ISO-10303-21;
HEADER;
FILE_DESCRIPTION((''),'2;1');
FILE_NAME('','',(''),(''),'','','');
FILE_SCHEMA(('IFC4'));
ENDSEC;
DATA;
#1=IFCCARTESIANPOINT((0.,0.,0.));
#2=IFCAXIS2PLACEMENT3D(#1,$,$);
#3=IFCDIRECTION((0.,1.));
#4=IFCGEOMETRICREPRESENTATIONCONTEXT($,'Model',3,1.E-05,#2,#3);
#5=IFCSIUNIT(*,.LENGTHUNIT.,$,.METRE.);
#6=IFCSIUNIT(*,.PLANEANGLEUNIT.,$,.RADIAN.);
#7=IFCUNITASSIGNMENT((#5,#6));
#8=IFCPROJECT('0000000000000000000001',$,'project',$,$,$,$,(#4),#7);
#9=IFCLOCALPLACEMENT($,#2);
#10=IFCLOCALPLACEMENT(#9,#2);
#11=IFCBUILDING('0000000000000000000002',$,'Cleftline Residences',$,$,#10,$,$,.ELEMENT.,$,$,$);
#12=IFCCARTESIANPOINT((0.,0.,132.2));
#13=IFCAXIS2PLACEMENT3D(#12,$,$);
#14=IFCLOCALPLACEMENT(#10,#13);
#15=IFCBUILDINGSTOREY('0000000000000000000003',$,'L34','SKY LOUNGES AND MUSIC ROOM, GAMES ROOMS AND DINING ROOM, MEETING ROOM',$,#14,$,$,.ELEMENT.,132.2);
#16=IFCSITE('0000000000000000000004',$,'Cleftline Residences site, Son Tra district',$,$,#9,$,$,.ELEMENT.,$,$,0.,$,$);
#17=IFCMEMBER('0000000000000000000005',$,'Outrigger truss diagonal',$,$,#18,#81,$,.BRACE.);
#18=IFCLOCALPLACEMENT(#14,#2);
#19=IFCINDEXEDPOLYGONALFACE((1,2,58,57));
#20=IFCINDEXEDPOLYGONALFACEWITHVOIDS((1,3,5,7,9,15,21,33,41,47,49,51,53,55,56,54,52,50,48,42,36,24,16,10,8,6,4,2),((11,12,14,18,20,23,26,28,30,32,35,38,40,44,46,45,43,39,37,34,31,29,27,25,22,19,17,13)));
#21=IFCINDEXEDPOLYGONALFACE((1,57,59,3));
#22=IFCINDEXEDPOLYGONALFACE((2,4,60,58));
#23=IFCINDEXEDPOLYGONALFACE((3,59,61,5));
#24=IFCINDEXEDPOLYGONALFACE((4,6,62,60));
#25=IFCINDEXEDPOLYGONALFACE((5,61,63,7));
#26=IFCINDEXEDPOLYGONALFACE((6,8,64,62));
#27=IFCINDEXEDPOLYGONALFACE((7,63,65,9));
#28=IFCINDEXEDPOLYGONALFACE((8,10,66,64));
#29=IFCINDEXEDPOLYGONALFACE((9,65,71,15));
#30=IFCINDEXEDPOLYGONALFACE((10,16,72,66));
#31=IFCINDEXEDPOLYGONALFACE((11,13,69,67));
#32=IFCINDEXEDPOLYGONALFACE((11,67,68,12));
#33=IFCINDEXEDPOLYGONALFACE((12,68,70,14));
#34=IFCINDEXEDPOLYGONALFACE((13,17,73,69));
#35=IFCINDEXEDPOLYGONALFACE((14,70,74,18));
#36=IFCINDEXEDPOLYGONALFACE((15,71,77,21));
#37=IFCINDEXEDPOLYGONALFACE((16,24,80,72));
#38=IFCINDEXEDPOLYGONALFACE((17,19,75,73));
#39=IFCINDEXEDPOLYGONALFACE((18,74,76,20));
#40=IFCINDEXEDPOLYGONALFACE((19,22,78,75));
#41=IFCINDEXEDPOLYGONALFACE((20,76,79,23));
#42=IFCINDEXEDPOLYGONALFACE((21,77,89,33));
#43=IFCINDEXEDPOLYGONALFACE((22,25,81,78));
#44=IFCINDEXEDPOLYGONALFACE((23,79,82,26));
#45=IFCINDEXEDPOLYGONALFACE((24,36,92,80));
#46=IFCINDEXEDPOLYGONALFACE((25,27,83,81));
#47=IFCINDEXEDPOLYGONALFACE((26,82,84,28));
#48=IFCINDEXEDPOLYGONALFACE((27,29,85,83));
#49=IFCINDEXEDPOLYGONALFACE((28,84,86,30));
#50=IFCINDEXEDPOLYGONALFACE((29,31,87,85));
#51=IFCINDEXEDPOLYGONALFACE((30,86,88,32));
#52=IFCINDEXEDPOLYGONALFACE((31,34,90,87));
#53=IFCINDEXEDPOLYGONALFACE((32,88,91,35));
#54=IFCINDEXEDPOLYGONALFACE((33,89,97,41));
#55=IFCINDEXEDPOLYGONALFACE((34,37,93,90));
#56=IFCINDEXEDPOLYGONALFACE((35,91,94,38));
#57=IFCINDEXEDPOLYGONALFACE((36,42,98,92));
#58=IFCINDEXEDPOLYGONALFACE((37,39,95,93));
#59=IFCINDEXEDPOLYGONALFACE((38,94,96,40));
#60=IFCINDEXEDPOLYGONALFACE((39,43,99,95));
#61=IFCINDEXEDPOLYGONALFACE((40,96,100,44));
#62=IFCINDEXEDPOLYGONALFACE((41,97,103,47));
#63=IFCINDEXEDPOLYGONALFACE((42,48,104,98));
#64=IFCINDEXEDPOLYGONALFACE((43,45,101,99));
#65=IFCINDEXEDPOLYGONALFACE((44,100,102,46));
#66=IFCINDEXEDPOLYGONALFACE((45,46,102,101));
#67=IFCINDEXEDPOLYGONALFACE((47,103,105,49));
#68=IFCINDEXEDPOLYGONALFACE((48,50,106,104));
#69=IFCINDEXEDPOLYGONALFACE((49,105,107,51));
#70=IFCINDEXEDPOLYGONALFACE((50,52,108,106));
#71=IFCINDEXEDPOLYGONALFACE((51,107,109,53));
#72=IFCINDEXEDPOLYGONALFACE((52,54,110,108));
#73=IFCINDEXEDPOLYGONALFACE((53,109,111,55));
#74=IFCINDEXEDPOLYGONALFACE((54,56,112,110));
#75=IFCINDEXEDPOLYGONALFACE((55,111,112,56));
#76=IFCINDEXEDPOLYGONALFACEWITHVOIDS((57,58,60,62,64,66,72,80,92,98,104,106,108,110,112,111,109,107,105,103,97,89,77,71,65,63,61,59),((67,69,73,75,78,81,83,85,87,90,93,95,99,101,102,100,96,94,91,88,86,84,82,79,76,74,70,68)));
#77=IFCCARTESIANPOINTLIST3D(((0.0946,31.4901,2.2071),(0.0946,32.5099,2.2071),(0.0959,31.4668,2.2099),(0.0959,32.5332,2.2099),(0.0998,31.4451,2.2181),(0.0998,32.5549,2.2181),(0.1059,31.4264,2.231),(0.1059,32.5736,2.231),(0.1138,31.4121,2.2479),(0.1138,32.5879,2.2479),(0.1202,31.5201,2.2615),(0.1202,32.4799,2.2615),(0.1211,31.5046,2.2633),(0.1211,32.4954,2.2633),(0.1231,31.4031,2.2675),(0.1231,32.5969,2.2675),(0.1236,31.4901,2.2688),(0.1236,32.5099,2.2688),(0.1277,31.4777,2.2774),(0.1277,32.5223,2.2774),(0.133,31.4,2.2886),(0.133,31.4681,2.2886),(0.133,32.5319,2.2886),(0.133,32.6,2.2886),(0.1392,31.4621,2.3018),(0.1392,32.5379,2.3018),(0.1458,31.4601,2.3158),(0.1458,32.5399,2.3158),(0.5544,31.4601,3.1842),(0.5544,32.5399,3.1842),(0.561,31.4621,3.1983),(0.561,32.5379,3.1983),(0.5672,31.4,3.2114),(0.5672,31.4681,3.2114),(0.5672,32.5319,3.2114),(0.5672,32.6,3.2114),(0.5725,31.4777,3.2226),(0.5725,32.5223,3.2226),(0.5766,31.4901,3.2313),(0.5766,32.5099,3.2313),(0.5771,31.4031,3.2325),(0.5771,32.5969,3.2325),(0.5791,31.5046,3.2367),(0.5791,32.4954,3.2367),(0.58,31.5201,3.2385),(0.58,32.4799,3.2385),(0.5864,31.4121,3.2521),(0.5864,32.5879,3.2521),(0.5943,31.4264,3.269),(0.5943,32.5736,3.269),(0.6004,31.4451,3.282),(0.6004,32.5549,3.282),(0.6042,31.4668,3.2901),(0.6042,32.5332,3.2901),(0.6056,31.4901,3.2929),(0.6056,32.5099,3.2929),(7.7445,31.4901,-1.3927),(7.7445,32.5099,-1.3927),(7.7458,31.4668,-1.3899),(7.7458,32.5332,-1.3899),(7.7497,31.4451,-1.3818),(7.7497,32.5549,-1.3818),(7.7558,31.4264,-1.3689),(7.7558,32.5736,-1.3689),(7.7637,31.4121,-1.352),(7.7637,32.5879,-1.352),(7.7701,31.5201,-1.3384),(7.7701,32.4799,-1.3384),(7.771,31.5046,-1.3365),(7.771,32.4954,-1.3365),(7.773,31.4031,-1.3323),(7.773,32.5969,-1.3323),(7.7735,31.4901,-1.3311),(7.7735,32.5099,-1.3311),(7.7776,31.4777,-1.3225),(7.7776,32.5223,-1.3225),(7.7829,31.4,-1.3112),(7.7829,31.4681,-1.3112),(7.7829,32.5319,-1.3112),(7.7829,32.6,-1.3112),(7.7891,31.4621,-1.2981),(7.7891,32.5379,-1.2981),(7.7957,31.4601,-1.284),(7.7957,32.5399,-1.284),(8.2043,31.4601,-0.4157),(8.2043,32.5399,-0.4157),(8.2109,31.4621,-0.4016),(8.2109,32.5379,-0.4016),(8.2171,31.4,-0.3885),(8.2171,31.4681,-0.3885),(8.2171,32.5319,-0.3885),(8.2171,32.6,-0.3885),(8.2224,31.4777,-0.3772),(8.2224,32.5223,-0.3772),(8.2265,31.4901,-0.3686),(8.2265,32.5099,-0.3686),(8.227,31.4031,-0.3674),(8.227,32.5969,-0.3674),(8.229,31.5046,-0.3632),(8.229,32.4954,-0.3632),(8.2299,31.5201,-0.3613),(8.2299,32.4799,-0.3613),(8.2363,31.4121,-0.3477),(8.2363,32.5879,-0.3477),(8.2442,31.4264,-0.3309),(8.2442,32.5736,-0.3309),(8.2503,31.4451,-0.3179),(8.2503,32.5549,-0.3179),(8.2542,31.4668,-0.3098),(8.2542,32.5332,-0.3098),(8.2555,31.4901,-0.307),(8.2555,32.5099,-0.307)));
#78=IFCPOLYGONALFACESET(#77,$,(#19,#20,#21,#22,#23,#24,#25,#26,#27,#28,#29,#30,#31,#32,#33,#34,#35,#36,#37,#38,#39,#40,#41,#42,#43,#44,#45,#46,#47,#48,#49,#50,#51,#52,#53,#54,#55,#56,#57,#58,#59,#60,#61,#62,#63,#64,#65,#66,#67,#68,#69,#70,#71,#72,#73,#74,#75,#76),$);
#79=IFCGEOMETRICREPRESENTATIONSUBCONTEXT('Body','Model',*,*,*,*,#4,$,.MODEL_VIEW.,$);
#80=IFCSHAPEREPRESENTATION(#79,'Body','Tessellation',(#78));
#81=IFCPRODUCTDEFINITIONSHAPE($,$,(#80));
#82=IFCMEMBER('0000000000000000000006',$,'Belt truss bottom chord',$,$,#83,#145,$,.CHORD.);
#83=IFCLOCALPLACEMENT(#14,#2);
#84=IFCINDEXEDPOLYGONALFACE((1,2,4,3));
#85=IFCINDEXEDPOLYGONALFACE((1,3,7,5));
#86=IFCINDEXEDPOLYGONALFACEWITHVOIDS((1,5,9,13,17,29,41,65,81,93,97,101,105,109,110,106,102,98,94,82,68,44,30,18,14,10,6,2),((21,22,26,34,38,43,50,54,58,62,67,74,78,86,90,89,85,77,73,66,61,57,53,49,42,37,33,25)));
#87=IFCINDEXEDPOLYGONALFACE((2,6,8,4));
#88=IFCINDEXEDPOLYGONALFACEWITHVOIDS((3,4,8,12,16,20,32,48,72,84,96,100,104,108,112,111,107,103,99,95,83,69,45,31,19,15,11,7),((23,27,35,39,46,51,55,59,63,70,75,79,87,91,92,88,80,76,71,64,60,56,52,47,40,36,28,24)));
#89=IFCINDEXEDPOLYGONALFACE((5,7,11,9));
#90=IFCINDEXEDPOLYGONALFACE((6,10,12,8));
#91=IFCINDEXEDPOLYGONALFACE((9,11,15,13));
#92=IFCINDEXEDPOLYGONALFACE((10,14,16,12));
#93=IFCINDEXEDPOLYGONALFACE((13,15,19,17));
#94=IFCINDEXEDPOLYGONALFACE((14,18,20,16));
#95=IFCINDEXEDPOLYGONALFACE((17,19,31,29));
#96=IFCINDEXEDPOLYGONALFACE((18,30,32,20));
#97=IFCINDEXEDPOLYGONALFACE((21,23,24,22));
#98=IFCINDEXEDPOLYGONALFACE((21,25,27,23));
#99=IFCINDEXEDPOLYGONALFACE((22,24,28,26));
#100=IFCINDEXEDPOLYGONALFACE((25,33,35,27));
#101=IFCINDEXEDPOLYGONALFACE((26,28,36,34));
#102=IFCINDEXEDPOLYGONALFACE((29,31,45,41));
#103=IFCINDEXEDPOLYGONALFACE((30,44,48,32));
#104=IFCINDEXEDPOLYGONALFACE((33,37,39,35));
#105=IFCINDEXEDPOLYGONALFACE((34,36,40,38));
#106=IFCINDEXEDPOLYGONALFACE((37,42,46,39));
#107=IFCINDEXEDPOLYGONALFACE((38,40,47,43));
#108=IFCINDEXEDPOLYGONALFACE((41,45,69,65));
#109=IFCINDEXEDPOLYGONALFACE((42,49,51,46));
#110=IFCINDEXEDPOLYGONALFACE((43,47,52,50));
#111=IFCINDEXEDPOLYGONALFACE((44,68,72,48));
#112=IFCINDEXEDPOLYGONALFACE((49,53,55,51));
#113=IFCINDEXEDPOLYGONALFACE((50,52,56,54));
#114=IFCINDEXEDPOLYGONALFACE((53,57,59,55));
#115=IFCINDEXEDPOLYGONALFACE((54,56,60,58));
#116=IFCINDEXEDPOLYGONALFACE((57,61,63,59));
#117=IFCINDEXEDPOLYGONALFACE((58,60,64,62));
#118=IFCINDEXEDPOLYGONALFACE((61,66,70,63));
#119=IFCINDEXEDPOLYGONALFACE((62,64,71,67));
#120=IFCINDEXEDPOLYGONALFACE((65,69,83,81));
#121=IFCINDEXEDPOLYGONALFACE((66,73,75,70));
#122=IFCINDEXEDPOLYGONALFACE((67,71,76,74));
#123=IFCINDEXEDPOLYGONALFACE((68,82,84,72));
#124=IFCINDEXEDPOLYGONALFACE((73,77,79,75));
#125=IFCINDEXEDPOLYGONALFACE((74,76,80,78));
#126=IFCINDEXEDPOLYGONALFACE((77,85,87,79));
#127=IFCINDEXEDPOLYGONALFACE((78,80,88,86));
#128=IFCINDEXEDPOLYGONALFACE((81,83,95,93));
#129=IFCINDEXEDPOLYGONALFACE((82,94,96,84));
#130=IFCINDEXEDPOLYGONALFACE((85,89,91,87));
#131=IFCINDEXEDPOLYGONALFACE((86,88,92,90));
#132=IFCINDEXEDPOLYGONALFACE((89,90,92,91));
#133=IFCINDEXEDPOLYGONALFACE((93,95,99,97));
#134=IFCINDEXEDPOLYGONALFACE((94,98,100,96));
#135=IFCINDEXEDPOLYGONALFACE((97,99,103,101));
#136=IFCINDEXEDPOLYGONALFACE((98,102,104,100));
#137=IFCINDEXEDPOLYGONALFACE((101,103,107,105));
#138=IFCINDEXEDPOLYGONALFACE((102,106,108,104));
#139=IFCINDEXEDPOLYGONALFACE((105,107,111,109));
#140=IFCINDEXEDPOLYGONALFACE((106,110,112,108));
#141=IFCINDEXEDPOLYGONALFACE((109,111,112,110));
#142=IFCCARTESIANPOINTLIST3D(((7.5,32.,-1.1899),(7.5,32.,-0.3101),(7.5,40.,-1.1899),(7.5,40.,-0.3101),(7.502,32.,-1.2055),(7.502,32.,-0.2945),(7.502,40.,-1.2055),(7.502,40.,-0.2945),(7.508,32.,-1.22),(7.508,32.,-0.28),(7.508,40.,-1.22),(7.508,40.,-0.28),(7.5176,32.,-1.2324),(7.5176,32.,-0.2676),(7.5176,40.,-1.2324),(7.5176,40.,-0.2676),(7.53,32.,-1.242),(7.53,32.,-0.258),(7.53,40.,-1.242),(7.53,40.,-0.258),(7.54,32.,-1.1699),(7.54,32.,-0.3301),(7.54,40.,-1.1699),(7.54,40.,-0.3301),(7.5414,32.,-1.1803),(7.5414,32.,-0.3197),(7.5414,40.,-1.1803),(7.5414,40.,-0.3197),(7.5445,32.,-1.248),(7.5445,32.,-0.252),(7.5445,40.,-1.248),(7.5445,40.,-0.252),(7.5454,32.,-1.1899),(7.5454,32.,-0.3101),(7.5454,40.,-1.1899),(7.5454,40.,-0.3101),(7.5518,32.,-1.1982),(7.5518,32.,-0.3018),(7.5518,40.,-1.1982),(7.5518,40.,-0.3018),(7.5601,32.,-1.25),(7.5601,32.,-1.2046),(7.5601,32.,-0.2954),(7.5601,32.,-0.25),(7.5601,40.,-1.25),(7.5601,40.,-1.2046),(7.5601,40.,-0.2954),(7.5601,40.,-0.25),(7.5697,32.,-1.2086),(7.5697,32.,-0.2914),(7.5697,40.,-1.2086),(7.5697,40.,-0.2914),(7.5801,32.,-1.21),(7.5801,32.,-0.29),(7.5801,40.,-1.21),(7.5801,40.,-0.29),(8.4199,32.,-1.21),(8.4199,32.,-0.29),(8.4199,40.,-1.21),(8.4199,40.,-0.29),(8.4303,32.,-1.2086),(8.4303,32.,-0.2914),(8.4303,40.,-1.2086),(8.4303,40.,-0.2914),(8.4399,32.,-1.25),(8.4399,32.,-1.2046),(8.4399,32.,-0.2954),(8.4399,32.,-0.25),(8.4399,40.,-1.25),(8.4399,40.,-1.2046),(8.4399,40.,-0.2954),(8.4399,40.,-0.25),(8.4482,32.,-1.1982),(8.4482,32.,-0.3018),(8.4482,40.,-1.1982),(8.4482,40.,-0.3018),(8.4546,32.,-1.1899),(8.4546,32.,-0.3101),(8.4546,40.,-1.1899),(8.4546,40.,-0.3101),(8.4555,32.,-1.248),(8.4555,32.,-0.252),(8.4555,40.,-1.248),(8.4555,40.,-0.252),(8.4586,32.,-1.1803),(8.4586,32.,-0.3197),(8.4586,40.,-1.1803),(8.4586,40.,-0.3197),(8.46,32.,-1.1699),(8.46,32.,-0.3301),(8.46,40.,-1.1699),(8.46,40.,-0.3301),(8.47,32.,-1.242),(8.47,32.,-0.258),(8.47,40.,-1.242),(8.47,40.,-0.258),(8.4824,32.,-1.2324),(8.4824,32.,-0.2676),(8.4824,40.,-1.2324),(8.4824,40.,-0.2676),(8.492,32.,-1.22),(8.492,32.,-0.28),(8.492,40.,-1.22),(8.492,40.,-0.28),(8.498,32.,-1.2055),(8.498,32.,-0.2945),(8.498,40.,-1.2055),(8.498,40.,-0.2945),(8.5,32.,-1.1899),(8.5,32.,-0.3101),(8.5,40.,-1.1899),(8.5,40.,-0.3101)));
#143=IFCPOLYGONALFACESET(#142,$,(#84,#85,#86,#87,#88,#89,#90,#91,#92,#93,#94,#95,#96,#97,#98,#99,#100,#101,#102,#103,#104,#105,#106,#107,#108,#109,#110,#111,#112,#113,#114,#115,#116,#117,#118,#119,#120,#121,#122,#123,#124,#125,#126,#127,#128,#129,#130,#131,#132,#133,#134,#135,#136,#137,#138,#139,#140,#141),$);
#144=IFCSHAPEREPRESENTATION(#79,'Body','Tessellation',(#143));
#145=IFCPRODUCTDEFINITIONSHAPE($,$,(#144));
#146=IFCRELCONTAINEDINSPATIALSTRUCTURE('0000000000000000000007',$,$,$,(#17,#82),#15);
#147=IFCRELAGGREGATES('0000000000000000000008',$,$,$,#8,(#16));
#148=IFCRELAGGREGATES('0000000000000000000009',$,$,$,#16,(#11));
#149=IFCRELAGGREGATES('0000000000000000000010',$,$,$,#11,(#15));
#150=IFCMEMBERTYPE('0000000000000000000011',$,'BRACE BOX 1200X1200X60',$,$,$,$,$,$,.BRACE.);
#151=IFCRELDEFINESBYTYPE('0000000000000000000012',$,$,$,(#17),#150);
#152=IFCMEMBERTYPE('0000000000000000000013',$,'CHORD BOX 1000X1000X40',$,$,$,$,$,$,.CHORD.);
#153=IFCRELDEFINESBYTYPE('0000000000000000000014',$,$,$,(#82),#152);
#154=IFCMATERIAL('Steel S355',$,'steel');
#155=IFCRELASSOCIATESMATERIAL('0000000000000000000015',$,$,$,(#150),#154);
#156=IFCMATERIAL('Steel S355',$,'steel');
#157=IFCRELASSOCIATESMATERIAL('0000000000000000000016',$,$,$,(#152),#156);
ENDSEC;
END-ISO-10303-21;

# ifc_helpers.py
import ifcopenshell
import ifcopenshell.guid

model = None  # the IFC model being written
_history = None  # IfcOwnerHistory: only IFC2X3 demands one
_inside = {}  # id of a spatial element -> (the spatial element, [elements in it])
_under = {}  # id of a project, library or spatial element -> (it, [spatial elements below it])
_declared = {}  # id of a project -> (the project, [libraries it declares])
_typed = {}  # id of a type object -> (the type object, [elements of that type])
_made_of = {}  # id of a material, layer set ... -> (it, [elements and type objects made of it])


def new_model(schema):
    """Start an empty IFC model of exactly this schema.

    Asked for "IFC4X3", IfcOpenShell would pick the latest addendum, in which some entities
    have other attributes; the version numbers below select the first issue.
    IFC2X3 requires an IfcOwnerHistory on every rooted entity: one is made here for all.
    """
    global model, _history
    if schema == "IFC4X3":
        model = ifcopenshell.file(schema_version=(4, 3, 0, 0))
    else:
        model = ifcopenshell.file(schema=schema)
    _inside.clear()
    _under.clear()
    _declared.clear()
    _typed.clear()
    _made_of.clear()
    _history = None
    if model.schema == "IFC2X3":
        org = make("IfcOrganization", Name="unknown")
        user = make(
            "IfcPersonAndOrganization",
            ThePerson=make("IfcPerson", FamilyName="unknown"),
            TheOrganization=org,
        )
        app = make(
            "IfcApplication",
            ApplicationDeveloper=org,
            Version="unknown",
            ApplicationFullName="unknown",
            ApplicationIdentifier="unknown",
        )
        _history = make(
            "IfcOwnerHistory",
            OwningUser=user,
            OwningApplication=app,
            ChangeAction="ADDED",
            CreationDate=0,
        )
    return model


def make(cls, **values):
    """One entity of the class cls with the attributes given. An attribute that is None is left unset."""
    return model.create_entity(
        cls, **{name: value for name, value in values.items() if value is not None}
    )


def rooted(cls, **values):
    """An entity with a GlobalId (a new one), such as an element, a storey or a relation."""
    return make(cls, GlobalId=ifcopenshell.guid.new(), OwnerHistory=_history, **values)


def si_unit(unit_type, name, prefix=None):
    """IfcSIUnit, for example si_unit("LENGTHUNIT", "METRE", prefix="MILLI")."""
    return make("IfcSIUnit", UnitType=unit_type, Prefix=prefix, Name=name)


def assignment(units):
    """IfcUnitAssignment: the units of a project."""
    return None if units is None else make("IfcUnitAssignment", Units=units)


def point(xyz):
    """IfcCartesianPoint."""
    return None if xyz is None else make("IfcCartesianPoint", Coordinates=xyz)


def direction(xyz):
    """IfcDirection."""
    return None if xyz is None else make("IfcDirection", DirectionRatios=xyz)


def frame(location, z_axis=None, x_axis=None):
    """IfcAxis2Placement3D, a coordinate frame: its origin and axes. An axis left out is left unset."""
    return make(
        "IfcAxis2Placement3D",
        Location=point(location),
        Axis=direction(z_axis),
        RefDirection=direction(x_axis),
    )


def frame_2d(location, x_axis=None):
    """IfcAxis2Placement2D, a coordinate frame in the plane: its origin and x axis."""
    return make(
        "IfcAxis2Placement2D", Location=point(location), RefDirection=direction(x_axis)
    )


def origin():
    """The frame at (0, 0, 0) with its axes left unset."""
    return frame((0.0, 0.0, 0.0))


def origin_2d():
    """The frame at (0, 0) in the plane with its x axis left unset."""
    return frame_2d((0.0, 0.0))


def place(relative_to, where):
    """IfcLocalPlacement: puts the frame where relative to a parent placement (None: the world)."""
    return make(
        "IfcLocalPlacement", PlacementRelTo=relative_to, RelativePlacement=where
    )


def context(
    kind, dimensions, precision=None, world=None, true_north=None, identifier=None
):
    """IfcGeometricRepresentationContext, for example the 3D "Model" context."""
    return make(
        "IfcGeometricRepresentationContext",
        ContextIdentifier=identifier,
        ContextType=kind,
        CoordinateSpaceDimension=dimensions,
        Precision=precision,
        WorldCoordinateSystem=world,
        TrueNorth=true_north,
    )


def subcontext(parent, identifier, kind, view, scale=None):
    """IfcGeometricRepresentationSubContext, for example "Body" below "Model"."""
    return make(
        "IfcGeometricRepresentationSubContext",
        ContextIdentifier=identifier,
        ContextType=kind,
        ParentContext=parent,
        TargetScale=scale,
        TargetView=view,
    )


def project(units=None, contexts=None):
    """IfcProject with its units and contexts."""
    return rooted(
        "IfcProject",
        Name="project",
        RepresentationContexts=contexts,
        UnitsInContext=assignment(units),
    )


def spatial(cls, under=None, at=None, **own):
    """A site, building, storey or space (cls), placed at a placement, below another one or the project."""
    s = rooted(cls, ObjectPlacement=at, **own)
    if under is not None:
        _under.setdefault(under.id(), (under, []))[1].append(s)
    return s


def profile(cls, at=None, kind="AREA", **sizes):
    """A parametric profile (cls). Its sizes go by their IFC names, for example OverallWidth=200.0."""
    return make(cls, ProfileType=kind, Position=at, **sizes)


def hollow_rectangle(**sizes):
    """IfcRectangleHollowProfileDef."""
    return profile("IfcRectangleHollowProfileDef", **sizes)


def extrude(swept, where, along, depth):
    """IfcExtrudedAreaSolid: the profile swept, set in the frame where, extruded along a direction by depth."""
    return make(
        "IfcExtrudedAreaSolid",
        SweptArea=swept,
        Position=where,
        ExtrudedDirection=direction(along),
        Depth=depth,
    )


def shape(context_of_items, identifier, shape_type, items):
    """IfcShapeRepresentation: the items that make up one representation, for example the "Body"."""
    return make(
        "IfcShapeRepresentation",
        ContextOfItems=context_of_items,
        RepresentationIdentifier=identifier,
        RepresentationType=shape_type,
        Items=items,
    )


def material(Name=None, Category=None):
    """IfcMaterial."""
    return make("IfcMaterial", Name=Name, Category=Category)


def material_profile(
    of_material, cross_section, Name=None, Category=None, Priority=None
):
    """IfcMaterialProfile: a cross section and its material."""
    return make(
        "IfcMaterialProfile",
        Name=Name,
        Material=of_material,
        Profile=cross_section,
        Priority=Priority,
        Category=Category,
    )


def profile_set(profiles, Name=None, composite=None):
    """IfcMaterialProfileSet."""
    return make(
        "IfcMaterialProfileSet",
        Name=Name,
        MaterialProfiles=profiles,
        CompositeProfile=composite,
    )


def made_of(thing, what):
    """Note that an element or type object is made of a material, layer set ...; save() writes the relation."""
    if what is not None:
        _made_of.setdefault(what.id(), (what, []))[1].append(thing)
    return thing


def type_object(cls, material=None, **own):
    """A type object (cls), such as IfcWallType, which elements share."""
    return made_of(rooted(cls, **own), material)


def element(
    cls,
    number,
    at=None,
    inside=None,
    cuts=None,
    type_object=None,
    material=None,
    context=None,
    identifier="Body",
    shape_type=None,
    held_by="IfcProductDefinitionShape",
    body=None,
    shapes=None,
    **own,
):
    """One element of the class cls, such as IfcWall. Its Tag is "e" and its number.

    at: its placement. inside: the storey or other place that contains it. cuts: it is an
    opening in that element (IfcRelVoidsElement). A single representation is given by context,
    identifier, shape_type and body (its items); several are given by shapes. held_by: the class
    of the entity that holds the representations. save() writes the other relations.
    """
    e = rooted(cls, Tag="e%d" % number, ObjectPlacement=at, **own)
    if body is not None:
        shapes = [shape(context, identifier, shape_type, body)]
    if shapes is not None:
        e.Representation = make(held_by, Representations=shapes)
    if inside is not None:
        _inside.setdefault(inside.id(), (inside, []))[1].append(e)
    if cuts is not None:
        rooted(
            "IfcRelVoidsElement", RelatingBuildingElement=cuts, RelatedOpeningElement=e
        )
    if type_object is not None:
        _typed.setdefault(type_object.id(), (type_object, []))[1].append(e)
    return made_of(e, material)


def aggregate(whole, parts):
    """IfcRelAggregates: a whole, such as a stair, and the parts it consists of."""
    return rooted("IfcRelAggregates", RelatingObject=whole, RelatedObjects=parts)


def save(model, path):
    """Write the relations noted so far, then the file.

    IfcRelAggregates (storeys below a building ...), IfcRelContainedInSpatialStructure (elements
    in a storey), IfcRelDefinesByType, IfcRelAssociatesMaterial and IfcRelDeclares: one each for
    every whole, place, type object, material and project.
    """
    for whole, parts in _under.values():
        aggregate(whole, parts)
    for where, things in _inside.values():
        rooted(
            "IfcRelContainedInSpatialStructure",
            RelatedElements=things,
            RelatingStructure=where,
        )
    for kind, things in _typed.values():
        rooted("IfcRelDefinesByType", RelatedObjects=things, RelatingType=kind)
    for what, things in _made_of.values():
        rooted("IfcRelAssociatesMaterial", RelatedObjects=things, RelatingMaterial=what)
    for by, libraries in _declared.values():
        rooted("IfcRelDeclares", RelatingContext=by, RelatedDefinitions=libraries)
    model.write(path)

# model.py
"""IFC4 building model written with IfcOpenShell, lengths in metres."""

from ifc_helpers import new_model, si_unit, direction, frame, origin, origin_2d, place, context, subcontext, project, spatial, hollow_rectangle, extrude, material, material_profile, profile_set, type_object, element, save


model = new_model("IFC4")

# Units and contexts
model_context = context("Model", 3, precision=1e-05, world=origin(), true_north=direction((0.0, 1.0)))
body_context = subcontext(model_context, "Body", "Model", "MODEL_VIEW")
ifc_project = project(units=[si_unit("LENGTHUNIT", "METRE"), si_unit("PLANEANGLEUNIT", "RADIAN")], contexts=[model_context])

# Site, building, storey
site_placement = place(None, origin())
site = spatial("IfcSite", under=ifc_project, at=site_placement, Name="Cleftline Residences site, Son Tra district", CompositionType="ELEMENT", RefElevation=0.0)
building_placement = place(site_placement, origin())
building = spatial("IfcBuilding", under=site, at=building_placement, Name="Cleftline Residences", CompositionType="ELEMENT")
storey_placement = place(building_placement, frame((0.0, 0.0, 132.2)))
storey = spatial("IfcBuildingStorey", under=building, at=storey_placement, Name="L34", Description="SKY LOUNGES AND MUSIC ROOM, GAMES ROOMS AND DINING ROOM, MEETING ROOM", CompositionType="ELEMENT", Elevation=132.2)

# Members
ifc_material_1 = material(Name="Steel S355", Category="steel")
ifc_material_profile_1 = material_profile(ifc_material_1, hollow_rectangle(XDim=1.2, YDim=1.2, WallThickness=0.0601, InnerFilletRadius=0.0601, OuterFilletRadius=0.0901, at=origin_2d()))
ifc_profile_set_1 = profile_set([ifc_material_profile_1], Name="Steel S355")
member_type_1 = type_object("IfcMemberType", Name="BRACE BOX 1200X1200X60", PredefinedType="BRACE", material=ifc_profile_set_1)
member_1_placement = place(storey_placement, frame((8.0, 32.0, -0.8499), z_axis=(-0.904823, 0.0, 0.425787), x_axis=(0.425787, 0.0, 0.904823)))
element("IfcMember", 1, at=member_1_placement, inside=storey, type_object=member_type_1, Name="Outrigger truss diagonal", PredefinedType="BRACE", context=body_context, shape_type="SweptSolid", body=[
    extrude(hollow_rectangle(XDim=1.2, YDim=1.2, WallThickness=0.0601, InnerFilletRadius=0.0601, OuterFilletRadius=0.0901, at=origin_2d()), origin(), (0.0, 0.0, 1.0), 8.4546),
])
ifc_material_2 = material(Name="Steel S355", Category="steel")
ifc_material_profile_2 = material_profile(ifc_material_2, hollow_rectangle(XDim=1.0, YDim=1.0, WallThickness=0.04, InnerFilletRadius=0.04, OuterFilletRadius=0.0601, at=origin_2d()))
ifc_profile_set_2 = profile_set([ifc_material_profile_2], Name="Steel S355")
member_type_2 = type_object("IfcMemberType", Name="CHORD BOX 1000X1000X40", PredefinedType="CHORD", material=ifc_profile_set_2)
for number, where, z_axis, x_axis, name in (
    (2, (8.0, 32.0, -0.75), (0.0, 1.0, 0.0), (-1.0, 0.0, 0.0), "Belt truss bottom chord"),
):
    element("IfcMember", number, at=place(storey_placement, frame(where, z_axis=z_axis, x_axis=x_axis)), inside=storey, type_object=member_type_2, Name=name, PredefinedType="CHORD", context=body_context, shape_type="SweptSolid", body=[
        extrude(hollow_rectangle(XDim=1.0, YDim=1.0, WallThickness=0.04, InnerFilletRadius=0.04, OuterFilletRadius=0.0601, at=origin_2d()), origin(), (0.0, 0.0, 1.0), 8.0),
    ])

save(model, "model.ifc")
